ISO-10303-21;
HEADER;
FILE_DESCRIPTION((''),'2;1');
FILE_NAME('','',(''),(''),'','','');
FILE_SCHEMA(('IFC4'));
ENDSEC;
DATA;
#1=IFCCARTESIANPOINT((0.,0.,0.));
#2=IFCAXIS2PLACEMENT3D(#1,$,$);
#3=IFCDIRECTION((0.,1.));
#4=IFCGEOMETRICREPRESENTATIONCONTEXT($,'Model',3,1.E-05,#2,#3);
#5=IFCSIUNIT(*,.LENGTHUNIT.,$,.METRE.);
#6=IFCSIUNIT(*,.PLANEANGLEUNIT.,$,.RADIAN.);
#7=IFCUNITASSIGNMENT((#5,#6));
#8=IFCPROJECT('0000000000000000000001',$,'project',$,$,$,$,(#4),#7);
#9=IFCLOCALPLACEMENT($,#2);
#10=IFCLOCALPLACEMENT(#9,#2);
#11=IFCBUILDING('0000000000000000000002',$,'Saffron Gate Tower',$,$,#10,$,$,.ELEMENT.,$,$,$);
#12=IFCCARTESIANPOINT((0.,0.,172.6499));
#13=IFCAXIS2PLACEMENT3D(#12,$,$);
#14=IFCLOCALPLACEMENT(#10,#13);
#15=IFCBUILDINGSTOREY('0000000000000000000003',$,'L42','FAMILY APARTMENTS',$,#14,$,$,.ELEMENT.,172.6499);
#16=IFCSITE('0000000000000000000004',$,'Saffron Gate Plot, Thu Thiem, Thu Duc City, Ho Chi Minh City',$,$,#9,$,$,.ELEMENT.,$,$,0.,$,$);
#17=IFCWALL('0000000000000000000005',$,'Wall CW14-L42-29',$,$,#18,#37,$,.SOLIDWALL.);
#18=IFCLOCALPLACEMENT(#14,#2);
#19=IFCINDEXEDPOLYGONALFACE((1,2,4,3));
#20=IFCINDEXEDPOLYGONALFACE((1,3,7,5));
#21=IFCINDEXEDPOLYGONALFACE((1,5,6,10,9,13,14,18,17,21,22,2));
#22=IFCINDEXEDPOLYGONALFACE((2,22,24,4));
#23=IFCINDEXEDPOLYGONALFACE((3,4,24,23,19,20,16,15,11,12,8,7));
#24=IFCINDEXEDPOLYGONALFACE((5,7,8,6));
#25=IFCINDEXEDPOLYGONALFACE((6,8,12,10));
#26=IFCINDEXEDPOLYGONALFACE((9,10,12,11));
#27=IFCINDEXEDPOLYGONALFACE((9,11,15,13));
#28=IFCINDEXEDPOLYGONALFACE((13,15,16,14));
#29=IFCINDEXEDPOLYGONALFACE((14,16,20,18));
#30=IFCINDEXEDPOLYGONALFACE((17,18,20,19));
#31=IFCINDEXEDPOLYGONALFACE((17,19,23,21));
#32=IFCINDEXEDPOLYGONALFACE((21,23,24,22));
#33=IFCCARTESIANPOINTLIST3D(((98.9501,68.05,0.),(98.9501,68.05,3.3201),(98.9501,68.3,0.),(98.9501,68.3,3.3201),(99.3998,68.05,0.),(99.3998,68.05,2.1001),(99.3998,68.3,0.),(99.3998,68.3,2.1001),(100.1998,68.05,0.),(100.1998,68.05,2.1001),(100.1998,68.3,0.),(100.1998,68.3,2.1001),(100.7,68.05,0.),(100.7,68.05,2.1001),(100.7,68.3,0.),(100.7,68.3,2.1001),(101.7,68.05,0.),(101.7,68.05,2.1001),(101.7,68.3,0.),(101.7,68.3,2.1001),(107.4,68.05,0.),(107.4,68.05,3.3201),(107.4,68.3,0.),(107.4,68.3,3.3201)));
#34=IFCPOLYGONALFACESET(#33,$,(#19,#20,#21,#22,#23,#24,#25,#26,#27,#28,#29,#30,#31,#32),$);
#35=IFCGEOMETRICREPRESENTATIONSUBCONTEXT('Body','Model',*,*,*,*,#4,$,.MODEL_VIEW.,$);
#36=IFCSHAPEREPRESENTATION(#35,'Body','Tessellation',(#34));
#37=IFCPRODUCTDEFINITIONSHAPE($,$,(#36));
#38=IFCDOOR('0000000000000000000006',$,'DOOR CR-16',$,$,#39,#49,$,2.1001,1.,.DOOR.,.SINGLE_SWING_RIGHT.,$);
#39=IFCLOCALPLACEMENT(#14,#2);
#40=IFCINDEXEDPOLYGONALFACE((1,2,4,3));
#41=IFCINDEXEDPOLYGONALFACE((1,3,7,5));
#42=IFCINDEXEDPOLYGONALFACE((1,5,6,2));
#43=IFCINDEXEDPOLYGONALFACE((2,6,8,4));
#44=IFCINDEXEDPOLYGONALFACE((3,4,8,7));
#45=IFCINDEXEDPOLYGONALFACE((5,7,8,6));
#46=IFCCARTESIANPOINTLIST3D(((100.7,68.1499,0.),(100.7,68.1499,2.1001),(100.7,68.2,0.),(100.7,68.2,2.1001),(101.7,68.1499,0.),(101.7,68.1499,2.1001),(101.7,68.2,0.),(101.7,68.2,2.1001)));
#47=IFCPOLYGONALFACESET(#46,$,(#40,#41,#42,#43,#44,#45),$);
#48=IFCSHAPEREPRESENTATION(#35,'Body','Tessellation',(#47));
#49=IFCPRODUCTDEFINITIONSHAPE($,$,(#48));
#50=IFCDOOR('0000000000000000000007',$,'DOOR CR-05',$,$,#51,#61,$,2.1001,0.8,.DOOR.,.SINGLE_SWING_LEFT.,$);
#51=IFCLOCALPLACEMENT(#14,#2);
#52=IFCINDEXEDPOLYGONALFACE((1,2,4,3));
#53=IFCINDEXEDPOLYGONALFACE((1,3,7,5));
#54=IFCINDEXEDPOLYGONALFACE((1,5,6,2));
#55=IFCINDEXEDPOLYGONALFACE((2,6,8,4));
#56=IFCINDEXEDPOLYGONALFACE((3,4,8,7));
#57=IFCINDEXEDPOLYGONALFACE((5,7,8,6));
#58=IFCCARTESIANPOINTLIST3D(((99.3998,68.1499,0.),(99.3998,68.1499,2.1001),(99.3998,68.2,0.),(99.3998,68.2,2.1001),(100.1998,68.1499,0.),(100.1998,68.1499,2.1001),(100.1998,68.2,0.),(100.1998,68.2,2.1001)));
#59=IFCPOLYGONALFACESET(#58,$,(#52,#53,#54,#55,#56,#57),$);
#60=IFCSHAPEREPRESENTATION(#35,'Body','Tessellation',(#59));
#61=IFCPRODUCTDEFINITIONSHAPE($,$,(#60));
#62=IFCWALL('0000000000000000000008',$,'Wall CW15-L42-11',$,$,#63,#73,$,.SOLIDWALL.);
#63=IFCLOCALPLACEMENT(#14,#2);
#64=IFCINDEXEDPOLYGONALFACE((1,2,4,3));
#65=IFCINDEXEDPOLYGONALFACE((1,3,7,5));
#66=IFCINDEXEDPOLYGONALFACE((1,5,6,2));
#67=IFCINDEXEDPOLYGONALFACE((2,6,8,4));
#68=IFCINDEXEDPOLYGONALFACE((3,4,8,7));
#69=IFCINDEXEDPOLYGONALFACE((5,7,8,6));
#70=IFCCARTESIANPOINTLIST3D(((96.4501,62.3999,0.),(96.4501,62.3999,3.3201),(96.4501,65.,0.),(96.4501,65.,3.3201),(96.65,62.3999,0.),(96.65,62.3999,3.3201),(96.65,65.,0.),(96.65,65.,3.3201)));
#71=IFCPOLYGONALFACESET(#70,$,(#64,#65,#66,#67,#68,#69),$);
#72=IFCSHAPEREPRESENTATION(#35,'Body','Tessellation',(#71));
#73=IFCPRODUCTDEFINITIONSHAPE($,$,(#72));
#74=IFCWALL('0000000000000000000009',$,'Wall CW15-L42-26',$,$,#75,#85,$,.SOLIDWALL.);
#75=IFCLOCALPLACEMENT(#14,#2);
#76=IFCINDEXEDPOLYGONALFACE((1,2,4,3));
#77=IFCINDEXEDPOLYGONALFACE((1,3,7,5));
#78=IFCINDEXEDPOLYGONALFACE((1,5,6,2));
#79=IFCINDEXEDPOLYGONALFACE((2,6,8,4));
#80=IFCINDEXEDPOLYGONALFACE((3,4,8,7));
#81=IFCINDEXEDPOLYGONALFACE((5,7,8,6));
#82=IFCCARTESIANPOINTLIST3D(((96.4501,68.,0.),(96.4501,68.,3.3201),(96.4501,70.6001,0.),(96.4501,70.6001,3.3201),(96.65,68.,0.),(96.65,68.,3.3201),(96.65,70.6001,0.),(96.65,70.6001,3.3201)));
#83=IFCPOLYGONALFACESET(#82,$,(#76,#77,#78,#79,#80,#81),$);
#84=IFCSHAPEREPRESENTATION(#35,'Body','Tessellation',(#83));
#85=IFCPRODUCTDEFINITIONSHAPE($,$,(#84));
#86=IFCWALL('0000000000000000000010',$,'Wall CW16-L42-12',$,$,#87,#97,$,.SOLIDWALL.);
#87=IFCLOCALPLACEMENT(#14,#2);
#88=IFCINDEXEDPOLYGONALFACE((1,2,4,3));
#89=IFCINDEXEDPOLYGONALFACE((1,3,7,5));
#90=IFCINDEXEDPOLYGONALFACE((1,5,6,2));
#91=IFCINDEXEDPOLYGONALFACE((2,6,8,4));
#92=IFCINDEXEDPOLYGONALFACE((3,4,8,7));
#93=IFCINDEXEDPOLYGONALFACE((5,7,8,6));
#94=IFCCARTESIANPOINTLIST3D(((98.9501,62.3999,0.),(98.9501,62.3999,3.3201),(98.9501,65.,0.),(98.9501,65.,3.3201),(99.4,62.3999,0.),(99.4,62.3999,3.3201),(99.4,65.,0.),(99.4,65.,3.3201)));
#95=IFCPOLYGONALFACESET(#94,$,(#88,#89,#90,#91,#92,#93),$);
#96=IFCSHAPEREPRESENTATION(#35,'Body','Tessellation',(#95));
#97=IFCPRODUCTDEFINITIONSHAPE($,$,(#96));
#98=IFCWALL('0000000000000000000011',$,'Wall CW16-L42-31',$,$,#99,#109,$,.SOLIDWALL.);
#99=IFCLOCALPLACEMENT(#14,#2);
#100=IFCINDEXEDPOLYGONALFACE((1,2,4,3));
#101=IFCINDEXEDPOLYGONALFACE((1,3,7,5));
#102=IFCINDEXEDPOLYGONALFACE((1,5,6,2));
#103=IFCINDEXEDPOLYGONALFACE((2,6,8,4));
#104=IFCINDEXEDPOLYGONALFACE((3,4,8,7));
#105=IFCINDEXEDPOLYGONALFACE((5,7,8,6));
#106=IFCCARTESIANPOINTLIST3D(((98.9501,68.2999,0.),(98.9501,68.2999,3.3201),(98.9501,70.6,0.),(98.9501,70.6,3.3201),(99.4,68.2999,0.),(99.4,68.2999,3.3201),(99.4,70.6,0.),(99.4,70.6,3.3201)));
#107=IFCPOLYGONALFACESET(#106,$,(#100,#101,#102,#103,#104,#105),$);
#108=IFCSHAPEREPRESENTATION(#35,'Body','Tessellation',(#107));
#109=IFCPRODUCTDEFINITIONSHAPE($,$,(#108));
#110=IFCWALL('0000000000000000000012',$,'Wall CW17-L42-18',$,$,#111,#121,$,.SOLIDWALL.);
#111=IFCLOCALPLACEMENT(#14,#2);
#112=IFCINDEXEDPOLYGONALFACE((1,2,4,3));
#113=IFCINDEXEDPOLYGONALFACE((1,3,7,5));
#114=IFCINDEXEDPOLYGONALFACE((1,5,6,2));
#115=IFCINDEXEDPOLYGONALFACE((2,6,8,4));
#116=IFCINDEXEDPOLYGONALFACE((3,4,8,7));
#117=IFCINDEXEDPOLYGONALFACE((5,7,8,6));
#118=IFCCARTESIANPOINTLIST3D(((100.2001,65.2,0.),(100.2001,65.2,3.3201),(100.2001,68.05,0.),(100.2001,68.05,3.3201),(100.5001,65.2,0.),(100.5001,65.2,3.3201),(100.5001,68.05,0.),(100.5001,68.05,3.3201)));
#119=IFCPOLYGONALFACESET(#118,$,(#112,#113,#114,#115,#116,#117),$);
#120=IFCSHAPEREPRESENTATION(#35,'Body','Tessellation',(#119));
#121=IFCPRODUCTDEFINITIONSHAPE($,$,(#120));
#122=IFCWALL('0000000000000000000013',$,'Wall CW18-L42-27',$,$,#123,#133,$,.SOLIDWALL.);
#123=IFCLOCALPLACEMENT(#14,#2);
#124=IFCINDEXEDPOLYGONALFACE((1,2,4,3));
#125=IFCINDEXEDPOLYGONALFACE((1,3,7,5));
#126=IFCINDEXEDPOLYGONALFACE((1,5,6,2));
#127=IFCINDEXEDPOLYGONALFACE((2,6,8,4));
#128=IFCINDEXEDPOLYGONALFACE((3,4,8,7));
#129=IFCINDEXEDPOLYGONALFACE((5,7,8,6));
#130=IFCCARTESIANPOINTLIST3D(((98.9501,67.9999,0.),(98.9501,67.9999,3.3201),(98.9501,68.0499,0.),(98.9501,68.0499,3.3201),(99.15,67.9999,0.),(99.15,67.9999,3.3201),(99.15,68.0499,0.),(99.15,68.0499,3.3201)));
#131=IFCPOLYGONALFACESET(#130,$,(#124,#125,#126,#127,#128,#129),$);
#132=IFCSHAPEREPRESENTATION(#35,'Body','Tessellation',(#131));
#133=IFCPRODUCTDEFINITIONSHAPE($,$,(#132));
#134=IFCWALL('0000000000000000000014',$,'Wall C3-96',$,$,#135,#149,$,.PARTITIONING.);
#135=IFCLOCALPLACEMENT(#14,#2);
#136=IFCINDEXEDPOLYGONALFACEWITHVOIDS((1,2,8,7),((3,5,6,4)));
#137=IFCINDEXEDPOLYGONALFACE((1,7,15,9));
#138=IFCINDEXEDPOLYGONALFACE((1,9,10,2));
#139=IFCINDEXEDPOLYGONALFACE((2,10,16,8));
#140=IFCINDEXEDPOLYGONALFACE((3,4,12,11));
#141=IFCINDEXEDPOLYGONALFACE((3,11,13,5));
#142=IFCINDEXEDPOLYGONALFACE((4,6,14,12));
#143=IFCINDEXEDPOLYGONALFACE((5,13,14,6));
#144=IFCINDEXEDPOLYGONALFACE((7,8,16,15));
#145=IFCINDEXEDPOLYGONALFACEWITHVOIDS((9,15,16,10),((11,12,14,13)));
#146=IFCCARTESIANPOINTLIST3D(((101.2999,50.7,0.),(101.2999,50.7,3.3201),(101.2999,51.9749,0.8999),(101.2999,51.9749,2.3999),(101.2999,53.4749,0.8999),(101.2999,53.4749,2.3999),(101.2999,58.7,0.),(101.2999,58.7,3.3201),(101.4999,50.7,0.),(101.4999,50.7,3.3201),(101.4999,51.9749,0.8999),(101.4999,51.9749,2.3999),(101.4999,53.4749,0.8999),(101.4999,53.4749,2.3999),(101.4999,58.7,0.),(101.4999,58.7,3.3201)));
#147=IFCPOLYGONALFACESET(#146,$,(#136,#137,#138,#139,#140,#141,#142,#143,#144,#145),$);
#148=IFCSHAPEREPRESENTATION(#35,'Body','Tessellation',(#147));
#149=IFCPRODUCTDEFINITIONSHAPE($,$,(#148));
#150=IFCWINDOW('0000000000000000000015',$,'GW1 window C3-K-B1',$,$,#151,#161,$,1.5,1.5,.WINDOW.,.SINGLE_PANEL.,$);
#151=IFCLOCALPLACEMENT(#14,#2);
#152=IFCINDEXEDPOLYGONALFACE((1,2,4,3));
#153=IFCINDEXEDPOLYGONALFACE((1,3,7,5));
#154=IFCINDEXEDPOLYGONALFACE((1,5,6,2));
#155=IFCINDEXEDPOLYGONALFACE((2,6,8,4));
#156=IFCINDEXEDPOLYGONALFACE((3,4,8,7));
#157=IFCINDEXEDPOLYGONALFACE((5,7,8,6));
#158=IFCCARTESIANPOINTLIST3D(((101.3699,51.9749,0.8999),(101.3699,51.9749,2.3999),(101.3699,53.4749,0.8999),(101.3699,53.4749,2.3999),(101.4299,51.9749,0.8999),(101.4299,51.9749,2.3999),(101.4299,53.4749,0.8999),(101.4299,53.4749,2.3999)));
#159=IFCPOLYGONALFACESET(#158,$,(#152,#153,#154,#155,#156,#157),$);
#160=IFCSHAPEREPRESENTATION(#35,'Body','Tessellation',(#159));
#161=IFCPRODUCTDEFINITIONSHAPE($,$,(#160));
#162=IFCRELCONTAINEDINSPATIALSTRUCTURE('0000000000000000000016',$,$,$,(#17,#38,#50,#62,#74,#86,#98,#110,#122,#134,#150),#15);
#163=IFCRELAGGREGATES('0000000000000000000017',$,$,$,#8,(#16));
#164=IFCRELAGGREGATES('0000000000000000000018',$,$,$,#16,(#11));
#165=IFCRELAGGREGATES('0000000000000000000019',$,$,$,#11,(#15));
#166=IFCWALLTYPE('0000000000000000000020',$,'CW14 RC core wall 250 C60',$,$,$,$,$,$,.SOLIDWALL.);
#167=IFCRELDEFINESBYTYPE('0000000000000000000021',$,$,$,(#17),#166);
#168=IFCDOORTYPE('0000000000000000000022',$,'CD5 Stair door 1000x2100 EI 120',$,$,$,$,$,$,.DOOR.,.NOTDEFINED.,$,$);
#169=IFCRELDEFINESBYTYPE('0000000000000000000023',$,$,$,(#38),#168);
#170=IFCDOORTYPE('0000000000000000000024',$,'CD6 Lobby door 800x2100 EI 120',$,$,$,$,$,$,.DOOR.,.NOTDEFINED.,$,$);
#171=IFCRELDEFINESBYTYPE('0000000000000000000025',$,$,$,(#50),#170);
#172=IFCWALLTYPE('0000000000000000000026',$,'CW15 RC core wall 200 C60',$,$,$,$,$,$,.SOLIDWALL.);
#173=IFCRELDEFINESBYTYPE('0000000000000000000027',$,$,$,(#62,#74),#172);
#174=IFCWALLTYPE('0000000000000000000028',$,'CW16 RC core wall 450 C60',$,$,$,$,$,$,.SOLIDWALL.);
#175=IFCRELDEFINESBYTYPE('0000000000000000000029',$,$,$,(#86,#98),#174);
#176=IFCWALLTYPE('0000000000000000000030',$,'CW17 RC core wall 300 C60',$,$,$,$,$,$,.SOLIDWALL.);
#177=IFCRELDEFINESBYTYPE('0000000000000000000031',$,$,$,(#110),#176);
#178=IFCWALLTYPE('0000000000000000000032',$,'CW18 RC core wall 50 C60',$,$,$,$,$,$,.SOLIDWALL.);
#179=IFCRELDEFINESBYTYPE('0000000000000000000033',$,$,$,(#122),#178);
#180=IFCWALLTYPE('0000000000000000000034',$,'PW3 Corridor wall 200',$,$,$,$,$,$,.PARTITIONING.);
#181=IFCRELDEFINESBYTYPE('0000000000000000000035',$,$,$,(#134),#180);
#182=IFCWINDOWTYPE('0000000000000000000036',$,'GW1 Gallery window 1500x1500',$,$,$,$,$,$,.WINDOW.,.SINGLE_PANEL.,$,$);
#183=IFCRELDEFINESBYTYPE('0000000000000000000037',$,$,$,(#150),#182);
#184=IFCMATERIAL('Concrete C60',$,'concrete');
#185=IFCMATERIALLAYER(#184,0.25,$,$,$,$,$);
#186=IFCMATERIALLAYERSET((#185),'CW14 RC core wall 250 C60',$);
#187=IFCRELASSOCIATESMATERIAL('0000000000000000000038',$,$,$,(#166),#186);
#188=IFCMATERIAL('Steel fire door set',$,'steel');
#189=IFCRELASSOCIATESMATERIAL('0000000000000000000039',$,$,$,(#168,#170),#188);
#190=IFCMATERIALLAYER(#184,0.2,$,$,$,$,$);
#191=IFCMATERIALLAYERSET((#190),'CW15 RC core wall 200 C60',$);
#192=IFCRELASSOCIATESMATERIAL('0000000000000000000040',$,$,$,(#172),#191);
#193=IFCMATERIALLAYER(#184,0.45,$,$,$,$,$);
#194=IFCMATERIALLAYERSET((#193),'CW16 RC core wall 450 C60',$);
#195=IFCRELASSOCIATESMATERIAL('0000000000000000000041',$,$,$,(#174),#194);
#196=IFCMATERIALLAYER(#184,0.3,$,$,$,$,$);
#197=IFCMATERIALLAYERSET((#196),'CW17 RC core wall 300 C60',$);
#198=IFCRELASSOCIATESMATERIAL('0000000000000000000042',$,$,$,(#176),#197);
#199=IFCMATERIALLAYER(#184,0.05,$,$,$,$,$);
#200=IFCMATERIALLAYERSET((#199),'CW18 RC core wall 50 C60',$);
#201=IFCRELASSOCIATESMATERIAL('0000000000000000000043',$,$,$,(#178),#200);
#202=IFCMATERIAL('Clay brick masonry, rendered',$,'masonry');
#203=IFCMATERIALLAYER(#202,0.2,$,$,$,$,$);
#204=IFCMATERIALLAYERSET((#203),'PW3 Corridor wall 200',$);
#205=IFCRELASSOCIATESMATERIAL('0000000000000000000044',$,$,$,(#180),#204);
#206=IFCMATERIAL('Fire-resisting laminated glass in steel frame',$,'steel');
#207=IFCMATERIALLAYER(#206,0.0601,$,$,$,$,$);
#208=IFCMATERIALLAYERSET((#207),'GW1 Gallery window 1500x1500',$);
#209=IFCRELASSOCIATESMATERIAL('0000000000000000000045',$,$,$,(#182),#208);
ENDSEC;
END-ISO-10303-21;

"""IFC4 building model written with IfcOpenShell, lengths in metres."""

from ifc_helpers import new_model, si_unit, direction, frame, frame_2d, origin, place, context, subcontext, project, spatial, rectangle, extrude, material, layer, layer_set, type_object, element, fill, save


model = new_model("IFC4")

# Units and contexts
model_context = context("Model", 3, precision=1e-05, world=origin(), true_north=direction((0.0, 1.0)))
body_context = subcontext(model_context, "Body", "Model", "MODEL_VIEW")
ifc_project = project(units=[si_unit("LENGTHUNIT", "METRE"), si_unit("PLANEANGLEUNIT", "RADIAN")], contexts=[model_context])

# Site, building, storey
site_placement = place(None, origin())
site = spatial("IfcSite", under=ifc_project, at=site_placement, Name="Saffron Gate Plot, Thu Thiem, Thu Duc City, Ho Chi Minh City", CompositionType="ELEMENT", RefElevation=0.0)
building_placement = place(site_placement, origin())
building = spatial("IfcBuilding", under=site, at=building_placement, Name="Saffron Gate Tower", CompositionType="ELEMENT")
storey_placement = place(building_placement, frame((0.0, 0.0, 172.6499)))
storey = spatial("IfcBuildingStorey", under=building, at=storey_placement, Name="L42", Description="FAMILY APARTMENTS", CompositionType="ELEMENT", Elevation=172.6499)

# Wall, openings, doors
ifc_material_1 = material(Name="Concrete C60", Category="concrete")
ifc_layer_1 = layer(ifc_material_1, 0.25)
ifc_layer_set_1 = layer_set([ifc_layer_1], Name="CW14 RC core wall 250 C60")
wall_type_1 = type_object("IfcWallType", Name="CW14 RC core wall 250 C60", PredefinedType="SOLIDWALL", material=ifc_layer_set_1)
wall_1_placement = place(storey_placement, frame((98.95, 68.175, 0.0), z_axis=(0.0, 0.0, 1.0), x_axis=(1.0, 0.0, 0.0)))
wall_1 = element("IfcWall", 1, at=wall_1_placement, inside=storey, type_object=wall_type_1, Name="Wall CW14-L42-29", PredefinedType="SOLIDWALL", context=body_context, shape_type="SweptSolid", body=[
    extrude(rectangle(XDim=8.45, YDim=0.25, at=frame_2d((4.2251, 0.0))), origin(), (0.0, 0.0, 1.0), 3.3201),
])
opening_1_placement = place(wall_1_placement, frame((0.45, 0.0, 0.0)))
opening_1 = element("IfcOpeningElement", 2, at=opening_1_placement, cuts=wall_1, PredefinedType="OPENING", context=body_context, shape_type="SweptSolid", body=[
    extrude(rectangle(XDim=0.8, YDim=2.1001, at=frame_2d((0.3999, 1.05))), frame((0.0, 0.135, 0.0), z_axis=(0.0, -1.0, 0.0), x_axis=(1.0, 0.0, 0.0)), (0.0, 0.0, 1.0), 0.27),
])
opening_2_placement = place(wall_1_placement, frame((1.75, 0.0, 0.0)))
opening_2 = element("IfcOpeningElement", 3, at=opening_2_placement, cuts=wall_1, PredefinedType="OPENING", context=body_context, shape_type="SweptSolid", body=[
    extrude(rectangle(XDim=1.0, YDim=2.1001, at=frame_2d((0.5, 1.05))), frame((0.0, 0.135, 0.0), z_axis=(0.0, -1.0, 0.0), x_axis=(1.0, 0.0, 0.0)), (0.0, 0.0, 1.0), 0.27),
])
ifc_material_2 = material(Name="Steel fire door set", Category="steel")
door_type_1 = type_object("IfcDoorType", Name="CD5 Stair door 1000x2100 EI 120", OperationType="NOTDEFINED", PredefinedType="DOOR", material=ifc_material_2)
door_1_placement = place(opening_2_placement, origin())
door_1 = element("IfcDoor", 4, at=door_1_placement, inside=storey, type_object=door_type_1, Name="DOOR CR-16", OperationType="SINGLE_SWING_RIGHT", OverallHeight=2.1001, OverallWidth=1.0, PredefinedType="DOOR", context=body_context, shape_type="SweptSolid", body=[
    extrude(rectangle(XDim=1.0, YDim=2.1001, at=frame_2d((0.5, 1.05))), frame((0.0, 0.0249, 0.0), z_axis=(0.0, -1.0, 0.0), x_axis=(1.0, 0.0, 0.0)), (0.0, 0.0, 1.0), 0.05),
])
fill(opening_2, door_1)
door_type_2 = type_object("IfcDoorType", Name="CD6 Lobby door 800x2100 EI 120", OperationType="NOTDEFINED", PredefinedType="DOOR", material=ifc_material_2)
door_2_placement = place(opening_1_placement, origin())
door_2 = element("IfcDoor", 5, at=door_2_placement, inside=storey, type_object=door_type_2, Name="DOOR CR-05", OperationType="SINGLE_SWING_LEFT", OverallHeight=2.1001, OverallWidth=0.8, PredefinedType="DOOR", context=body_context, shape_type="SweptSolid", body=[
    extrude(rectangle(XDim=0.8, YDim=2.1001, at=frame_2d((0.3999, 1.05))), frame((0.0, 0.0249, 0.0), z_axis=(0.0, -1.0, 0.0), x_axis=(1.0, 0.0, 0.0)), (0.0, 0.0, 1.0), 0.05),
])
fill(opening_1, door_2)

# Walls
ifc_layer_2 = layer(ifc_material_1, 0.2)
ifc_layer_set_2 = layer_set([ifc_layer_2], Name="CW15 RC core wall 200 C60")
wall_type_2 = type_object("IfcWallType", Name="CW15 RC core wall 200 C60", PredefinedType="SOLIDWALL", material=ifc_layer_set_2)
for number, where, z_axis, x_axis, name in (
    (6, (96.55, 62.3999, 0.0), (0.0, 0.0, 1.0), (0.0, 1.0, 0.0), "Wall CW15-L42-11"),
    (7, (96.55, 68.0, 0.0), (0.0, 0.0, 1.0), (0.0, 1.0, 0.0), "Wall CW15-L42-26"),
):
    element("IfcWall", number, at=place(storey_placement, frame(where, z_axis=z_axis, x_axis=x_axis)), inside=storey, type_object=wall_type_2, Name=name, PredefinedType="SOLIDWALL", context=body_context, shape_type="SweptSolid", body=[
        extrude(rectangle(XDim=2.6001, YDim=0.2, at=frame_2d((1.3, 0.0))), origin(), (0.0, 0.0, 1.0), 3.3201),
    ])
ifc_layer_3 = layer(ifc_material_1, 0.45)
ifc_layer_set_3 = layer_set([ifc_layer_3], Name="CW16 RC core wall 450 C60")
wall_type_3 = type_object("IfcWallType", Name="CW16 RC core wall 450 C60", PredefinedType="SOLIDWALL", material=ifc_layer_set_3)
wall_2_placement = place(storey_placement, frame((99.175, 62.3999, 0.0), z_axis=(0.0, 0.0, 1.0), x_axis=(0.0, 1.0, 0.0)))
element("IfcWall", 8, at=wall_2_placement, inside=storey, type_object=wall_type_3, Name="Wall CW16-L42-12", PredefinedType="SOLIDWALL", context=body_context, shape_type="SweptSolid", body=[
    extrude(rectangle(XDim=2.6001, YDim=0.45, at=frame_2d((1.3, 0.0))), origin(), (0.0, 0.0, 1.0), 3.3201),
])
wall_3_placement = place(storey_placement, frame((99.175, 68.3, 0.0), z_axis=(0.0, 0.0, 1.0), x_axis=(0.0, 1.0, 0.0)))
element("IfcWall", 9, at=wall_3_placement, inside=storey, type_object=wall_type_3, Name="Wall CW16-L42-31", PredefinedType="SOLIDWALL", context=body_context, shape_type="SweptSolid", body=[
    extrude(rectangle(XDim=2.3, YDim=0.45, at=frame_2d((1.1499, 0.0))), origin(), (0.0, 0.0, 1.0), 3.3201),
])
ifc_layer_4 = layer(ifc_material_1, 0.3)
ifc_layer_set_4 = layer_set([ifc_layer_4], Name="CW17 RC core wall 300 C60")
wall_type_4 = type_object("IfcWallType", Name="CW17 RC core wall 300 C60", PredefinedType="SOLIDWALL", material=ifc_layer_set_4)
wall_4_placement = place(storey_placement, frame((100.3501, 65.2, 0.0), z_axis=(0.0, 0.0, 1.0), x_axis=(0.0, 1.0, 0.0)))
element("IfcWall", 10, at=wall_4_placement, inside=storey, type_object=wall_type_4, Name="Wall CW17-L42-18", PredefinedType="SOLIDWALL", context=body_context, shape_type="SweptSolid", body=[
    extrude(rectangle(XDim=2.8501, YDim=0.3, at=frame_2d((1.425, 0.0))), origin(), (0.0, 0.0, 1.0), 3.3201),
])
ifc_layer_5 = layer(ifc_material_1, 0.05)
ifc_layer_set_5 = layer_set([ifc_layer_5], Name="CW18 RC core wall 50 C60")
wall_type_5 = type_object("IfcWallType", Name="CW18 RC core wall 50 C60", PredefinedType="SOLIDWALL", material=ifc_layer_set_5)
wall_5_placement = place(storey_placement, frame((98.95, 68.0249, 0.0), z_axis=(0.0, 0.0, 1.0), x_axis=(1.0, 0.0, 0.0)))
element("IfcWall", 11, at=wall_5_placement, inside=storey, type_object=wall_type_5, Name="Wall CW18-L42-27", PredefinedType="SOLIDWALL", context=body_context, shape_type="SweptSolid", body=[
    extrude(rectangle(XDim=0.2, YDim=0.05, at=frame_2d((0.1001, 0.0))), origin(), (0.0, 0.0, 1.0), 3.3201),
])

# Wall, opening, window
ifc_material_3 = material(Name="Clay brick masonry, rendered", Category="masonry")
ifc_layer_6 = layer(ifc_material_3, 0.2)
ifc_layer_set_6 = layer_set([ifc_layer_6], Name="PW3 Corridor wall 200")
wall_type_6 = type_object("IfcWallType", Name="PW3 Corridor wall 200", PredefinedType="PARTITIONING", material=ifc_layer_set_6)
wall_6_placement = place(storey_placement, frame((101.3999, 58.7, 0.0), z_axis=(0.0, 0.0, 1.0), x_axis=(0.0, -1.0, 0.0)))
wall_6 = element("IfcWall", 12, at=wall_6_placement, inside=storey, type_object=wall_type_6, Name="Wall C3-96", PredefinedType="PARTITIONING", context=body_context, shape_type="SweptSolid", body=[
    extrude(rectangle(XDim=8.0, YDim=0.2, at=frame_2d((4.0, 0.0))), origin(), (0.0, 0.0, 1.0), 3.3201),
])
opening_3_placement = place(wall_6_placement, frame((5.2251, 0.0, 0.8999)))
opening_3 = element("IfcOpeningElement", 13, at=opening_3_placement, cuts=wall_6, PredefinedType="OPENING", context=body_context, shape_type="SweptSolid", body=[
    extrude(rectangle(XDim=1.5, YDim=1.5, at=frame_2d((0.75, 0.75))), frame((0.0, 0.1099, 0.0), z_axis=(0.0, -1.0, 0.0), x_axis=(1.0, 0.0, 0.0)), (0.0, 0.0, 1.0), 0.22),
])
ifc_material_4 = material(Name="Fire-resisting laminated glass in steel frame", Category="steel")
ifc_layer_7 = layer(ifc_material_4, 0.0601)
ifc_layer_set_7 = layer_set([ifc_layer_7], Name="GW1 Gallery window 1500x1500")
window_type = type_object("IfcWindowType", Name="GW1 Gallery window 1500x1500", PartitioningType="SINGLE_PANEL", PredefinedType="WINDOW", material=ifc_layer_set_7)
window_placement = place(opening_3_placement, origin())
window = element("IfcWindow", 14, at=window_placement, inside=storey, type_object=window_type, Name="GW1 window C3-K-B1", OverallHeight=1.5, OverallWidth=1.5, PartitioningType="SINGLE_PANEL", PredefinedType="WINDOW", context=body_context, shape_type="SweptSolid", body=[
    extrude(rectangle(XDim=1.5, YDim=1.5, at=frame_2d((0.75, 0.75))), frame((0.0, 0.03, 0.0), z_axis=(0.0, -1.0, 0.0), x_axis=(1.0, 0.0, 0.0)), (0.0, 0.0, 1.0), 0.0601),
])
fill(opening_3, window)

save(model, "model.ifc")
